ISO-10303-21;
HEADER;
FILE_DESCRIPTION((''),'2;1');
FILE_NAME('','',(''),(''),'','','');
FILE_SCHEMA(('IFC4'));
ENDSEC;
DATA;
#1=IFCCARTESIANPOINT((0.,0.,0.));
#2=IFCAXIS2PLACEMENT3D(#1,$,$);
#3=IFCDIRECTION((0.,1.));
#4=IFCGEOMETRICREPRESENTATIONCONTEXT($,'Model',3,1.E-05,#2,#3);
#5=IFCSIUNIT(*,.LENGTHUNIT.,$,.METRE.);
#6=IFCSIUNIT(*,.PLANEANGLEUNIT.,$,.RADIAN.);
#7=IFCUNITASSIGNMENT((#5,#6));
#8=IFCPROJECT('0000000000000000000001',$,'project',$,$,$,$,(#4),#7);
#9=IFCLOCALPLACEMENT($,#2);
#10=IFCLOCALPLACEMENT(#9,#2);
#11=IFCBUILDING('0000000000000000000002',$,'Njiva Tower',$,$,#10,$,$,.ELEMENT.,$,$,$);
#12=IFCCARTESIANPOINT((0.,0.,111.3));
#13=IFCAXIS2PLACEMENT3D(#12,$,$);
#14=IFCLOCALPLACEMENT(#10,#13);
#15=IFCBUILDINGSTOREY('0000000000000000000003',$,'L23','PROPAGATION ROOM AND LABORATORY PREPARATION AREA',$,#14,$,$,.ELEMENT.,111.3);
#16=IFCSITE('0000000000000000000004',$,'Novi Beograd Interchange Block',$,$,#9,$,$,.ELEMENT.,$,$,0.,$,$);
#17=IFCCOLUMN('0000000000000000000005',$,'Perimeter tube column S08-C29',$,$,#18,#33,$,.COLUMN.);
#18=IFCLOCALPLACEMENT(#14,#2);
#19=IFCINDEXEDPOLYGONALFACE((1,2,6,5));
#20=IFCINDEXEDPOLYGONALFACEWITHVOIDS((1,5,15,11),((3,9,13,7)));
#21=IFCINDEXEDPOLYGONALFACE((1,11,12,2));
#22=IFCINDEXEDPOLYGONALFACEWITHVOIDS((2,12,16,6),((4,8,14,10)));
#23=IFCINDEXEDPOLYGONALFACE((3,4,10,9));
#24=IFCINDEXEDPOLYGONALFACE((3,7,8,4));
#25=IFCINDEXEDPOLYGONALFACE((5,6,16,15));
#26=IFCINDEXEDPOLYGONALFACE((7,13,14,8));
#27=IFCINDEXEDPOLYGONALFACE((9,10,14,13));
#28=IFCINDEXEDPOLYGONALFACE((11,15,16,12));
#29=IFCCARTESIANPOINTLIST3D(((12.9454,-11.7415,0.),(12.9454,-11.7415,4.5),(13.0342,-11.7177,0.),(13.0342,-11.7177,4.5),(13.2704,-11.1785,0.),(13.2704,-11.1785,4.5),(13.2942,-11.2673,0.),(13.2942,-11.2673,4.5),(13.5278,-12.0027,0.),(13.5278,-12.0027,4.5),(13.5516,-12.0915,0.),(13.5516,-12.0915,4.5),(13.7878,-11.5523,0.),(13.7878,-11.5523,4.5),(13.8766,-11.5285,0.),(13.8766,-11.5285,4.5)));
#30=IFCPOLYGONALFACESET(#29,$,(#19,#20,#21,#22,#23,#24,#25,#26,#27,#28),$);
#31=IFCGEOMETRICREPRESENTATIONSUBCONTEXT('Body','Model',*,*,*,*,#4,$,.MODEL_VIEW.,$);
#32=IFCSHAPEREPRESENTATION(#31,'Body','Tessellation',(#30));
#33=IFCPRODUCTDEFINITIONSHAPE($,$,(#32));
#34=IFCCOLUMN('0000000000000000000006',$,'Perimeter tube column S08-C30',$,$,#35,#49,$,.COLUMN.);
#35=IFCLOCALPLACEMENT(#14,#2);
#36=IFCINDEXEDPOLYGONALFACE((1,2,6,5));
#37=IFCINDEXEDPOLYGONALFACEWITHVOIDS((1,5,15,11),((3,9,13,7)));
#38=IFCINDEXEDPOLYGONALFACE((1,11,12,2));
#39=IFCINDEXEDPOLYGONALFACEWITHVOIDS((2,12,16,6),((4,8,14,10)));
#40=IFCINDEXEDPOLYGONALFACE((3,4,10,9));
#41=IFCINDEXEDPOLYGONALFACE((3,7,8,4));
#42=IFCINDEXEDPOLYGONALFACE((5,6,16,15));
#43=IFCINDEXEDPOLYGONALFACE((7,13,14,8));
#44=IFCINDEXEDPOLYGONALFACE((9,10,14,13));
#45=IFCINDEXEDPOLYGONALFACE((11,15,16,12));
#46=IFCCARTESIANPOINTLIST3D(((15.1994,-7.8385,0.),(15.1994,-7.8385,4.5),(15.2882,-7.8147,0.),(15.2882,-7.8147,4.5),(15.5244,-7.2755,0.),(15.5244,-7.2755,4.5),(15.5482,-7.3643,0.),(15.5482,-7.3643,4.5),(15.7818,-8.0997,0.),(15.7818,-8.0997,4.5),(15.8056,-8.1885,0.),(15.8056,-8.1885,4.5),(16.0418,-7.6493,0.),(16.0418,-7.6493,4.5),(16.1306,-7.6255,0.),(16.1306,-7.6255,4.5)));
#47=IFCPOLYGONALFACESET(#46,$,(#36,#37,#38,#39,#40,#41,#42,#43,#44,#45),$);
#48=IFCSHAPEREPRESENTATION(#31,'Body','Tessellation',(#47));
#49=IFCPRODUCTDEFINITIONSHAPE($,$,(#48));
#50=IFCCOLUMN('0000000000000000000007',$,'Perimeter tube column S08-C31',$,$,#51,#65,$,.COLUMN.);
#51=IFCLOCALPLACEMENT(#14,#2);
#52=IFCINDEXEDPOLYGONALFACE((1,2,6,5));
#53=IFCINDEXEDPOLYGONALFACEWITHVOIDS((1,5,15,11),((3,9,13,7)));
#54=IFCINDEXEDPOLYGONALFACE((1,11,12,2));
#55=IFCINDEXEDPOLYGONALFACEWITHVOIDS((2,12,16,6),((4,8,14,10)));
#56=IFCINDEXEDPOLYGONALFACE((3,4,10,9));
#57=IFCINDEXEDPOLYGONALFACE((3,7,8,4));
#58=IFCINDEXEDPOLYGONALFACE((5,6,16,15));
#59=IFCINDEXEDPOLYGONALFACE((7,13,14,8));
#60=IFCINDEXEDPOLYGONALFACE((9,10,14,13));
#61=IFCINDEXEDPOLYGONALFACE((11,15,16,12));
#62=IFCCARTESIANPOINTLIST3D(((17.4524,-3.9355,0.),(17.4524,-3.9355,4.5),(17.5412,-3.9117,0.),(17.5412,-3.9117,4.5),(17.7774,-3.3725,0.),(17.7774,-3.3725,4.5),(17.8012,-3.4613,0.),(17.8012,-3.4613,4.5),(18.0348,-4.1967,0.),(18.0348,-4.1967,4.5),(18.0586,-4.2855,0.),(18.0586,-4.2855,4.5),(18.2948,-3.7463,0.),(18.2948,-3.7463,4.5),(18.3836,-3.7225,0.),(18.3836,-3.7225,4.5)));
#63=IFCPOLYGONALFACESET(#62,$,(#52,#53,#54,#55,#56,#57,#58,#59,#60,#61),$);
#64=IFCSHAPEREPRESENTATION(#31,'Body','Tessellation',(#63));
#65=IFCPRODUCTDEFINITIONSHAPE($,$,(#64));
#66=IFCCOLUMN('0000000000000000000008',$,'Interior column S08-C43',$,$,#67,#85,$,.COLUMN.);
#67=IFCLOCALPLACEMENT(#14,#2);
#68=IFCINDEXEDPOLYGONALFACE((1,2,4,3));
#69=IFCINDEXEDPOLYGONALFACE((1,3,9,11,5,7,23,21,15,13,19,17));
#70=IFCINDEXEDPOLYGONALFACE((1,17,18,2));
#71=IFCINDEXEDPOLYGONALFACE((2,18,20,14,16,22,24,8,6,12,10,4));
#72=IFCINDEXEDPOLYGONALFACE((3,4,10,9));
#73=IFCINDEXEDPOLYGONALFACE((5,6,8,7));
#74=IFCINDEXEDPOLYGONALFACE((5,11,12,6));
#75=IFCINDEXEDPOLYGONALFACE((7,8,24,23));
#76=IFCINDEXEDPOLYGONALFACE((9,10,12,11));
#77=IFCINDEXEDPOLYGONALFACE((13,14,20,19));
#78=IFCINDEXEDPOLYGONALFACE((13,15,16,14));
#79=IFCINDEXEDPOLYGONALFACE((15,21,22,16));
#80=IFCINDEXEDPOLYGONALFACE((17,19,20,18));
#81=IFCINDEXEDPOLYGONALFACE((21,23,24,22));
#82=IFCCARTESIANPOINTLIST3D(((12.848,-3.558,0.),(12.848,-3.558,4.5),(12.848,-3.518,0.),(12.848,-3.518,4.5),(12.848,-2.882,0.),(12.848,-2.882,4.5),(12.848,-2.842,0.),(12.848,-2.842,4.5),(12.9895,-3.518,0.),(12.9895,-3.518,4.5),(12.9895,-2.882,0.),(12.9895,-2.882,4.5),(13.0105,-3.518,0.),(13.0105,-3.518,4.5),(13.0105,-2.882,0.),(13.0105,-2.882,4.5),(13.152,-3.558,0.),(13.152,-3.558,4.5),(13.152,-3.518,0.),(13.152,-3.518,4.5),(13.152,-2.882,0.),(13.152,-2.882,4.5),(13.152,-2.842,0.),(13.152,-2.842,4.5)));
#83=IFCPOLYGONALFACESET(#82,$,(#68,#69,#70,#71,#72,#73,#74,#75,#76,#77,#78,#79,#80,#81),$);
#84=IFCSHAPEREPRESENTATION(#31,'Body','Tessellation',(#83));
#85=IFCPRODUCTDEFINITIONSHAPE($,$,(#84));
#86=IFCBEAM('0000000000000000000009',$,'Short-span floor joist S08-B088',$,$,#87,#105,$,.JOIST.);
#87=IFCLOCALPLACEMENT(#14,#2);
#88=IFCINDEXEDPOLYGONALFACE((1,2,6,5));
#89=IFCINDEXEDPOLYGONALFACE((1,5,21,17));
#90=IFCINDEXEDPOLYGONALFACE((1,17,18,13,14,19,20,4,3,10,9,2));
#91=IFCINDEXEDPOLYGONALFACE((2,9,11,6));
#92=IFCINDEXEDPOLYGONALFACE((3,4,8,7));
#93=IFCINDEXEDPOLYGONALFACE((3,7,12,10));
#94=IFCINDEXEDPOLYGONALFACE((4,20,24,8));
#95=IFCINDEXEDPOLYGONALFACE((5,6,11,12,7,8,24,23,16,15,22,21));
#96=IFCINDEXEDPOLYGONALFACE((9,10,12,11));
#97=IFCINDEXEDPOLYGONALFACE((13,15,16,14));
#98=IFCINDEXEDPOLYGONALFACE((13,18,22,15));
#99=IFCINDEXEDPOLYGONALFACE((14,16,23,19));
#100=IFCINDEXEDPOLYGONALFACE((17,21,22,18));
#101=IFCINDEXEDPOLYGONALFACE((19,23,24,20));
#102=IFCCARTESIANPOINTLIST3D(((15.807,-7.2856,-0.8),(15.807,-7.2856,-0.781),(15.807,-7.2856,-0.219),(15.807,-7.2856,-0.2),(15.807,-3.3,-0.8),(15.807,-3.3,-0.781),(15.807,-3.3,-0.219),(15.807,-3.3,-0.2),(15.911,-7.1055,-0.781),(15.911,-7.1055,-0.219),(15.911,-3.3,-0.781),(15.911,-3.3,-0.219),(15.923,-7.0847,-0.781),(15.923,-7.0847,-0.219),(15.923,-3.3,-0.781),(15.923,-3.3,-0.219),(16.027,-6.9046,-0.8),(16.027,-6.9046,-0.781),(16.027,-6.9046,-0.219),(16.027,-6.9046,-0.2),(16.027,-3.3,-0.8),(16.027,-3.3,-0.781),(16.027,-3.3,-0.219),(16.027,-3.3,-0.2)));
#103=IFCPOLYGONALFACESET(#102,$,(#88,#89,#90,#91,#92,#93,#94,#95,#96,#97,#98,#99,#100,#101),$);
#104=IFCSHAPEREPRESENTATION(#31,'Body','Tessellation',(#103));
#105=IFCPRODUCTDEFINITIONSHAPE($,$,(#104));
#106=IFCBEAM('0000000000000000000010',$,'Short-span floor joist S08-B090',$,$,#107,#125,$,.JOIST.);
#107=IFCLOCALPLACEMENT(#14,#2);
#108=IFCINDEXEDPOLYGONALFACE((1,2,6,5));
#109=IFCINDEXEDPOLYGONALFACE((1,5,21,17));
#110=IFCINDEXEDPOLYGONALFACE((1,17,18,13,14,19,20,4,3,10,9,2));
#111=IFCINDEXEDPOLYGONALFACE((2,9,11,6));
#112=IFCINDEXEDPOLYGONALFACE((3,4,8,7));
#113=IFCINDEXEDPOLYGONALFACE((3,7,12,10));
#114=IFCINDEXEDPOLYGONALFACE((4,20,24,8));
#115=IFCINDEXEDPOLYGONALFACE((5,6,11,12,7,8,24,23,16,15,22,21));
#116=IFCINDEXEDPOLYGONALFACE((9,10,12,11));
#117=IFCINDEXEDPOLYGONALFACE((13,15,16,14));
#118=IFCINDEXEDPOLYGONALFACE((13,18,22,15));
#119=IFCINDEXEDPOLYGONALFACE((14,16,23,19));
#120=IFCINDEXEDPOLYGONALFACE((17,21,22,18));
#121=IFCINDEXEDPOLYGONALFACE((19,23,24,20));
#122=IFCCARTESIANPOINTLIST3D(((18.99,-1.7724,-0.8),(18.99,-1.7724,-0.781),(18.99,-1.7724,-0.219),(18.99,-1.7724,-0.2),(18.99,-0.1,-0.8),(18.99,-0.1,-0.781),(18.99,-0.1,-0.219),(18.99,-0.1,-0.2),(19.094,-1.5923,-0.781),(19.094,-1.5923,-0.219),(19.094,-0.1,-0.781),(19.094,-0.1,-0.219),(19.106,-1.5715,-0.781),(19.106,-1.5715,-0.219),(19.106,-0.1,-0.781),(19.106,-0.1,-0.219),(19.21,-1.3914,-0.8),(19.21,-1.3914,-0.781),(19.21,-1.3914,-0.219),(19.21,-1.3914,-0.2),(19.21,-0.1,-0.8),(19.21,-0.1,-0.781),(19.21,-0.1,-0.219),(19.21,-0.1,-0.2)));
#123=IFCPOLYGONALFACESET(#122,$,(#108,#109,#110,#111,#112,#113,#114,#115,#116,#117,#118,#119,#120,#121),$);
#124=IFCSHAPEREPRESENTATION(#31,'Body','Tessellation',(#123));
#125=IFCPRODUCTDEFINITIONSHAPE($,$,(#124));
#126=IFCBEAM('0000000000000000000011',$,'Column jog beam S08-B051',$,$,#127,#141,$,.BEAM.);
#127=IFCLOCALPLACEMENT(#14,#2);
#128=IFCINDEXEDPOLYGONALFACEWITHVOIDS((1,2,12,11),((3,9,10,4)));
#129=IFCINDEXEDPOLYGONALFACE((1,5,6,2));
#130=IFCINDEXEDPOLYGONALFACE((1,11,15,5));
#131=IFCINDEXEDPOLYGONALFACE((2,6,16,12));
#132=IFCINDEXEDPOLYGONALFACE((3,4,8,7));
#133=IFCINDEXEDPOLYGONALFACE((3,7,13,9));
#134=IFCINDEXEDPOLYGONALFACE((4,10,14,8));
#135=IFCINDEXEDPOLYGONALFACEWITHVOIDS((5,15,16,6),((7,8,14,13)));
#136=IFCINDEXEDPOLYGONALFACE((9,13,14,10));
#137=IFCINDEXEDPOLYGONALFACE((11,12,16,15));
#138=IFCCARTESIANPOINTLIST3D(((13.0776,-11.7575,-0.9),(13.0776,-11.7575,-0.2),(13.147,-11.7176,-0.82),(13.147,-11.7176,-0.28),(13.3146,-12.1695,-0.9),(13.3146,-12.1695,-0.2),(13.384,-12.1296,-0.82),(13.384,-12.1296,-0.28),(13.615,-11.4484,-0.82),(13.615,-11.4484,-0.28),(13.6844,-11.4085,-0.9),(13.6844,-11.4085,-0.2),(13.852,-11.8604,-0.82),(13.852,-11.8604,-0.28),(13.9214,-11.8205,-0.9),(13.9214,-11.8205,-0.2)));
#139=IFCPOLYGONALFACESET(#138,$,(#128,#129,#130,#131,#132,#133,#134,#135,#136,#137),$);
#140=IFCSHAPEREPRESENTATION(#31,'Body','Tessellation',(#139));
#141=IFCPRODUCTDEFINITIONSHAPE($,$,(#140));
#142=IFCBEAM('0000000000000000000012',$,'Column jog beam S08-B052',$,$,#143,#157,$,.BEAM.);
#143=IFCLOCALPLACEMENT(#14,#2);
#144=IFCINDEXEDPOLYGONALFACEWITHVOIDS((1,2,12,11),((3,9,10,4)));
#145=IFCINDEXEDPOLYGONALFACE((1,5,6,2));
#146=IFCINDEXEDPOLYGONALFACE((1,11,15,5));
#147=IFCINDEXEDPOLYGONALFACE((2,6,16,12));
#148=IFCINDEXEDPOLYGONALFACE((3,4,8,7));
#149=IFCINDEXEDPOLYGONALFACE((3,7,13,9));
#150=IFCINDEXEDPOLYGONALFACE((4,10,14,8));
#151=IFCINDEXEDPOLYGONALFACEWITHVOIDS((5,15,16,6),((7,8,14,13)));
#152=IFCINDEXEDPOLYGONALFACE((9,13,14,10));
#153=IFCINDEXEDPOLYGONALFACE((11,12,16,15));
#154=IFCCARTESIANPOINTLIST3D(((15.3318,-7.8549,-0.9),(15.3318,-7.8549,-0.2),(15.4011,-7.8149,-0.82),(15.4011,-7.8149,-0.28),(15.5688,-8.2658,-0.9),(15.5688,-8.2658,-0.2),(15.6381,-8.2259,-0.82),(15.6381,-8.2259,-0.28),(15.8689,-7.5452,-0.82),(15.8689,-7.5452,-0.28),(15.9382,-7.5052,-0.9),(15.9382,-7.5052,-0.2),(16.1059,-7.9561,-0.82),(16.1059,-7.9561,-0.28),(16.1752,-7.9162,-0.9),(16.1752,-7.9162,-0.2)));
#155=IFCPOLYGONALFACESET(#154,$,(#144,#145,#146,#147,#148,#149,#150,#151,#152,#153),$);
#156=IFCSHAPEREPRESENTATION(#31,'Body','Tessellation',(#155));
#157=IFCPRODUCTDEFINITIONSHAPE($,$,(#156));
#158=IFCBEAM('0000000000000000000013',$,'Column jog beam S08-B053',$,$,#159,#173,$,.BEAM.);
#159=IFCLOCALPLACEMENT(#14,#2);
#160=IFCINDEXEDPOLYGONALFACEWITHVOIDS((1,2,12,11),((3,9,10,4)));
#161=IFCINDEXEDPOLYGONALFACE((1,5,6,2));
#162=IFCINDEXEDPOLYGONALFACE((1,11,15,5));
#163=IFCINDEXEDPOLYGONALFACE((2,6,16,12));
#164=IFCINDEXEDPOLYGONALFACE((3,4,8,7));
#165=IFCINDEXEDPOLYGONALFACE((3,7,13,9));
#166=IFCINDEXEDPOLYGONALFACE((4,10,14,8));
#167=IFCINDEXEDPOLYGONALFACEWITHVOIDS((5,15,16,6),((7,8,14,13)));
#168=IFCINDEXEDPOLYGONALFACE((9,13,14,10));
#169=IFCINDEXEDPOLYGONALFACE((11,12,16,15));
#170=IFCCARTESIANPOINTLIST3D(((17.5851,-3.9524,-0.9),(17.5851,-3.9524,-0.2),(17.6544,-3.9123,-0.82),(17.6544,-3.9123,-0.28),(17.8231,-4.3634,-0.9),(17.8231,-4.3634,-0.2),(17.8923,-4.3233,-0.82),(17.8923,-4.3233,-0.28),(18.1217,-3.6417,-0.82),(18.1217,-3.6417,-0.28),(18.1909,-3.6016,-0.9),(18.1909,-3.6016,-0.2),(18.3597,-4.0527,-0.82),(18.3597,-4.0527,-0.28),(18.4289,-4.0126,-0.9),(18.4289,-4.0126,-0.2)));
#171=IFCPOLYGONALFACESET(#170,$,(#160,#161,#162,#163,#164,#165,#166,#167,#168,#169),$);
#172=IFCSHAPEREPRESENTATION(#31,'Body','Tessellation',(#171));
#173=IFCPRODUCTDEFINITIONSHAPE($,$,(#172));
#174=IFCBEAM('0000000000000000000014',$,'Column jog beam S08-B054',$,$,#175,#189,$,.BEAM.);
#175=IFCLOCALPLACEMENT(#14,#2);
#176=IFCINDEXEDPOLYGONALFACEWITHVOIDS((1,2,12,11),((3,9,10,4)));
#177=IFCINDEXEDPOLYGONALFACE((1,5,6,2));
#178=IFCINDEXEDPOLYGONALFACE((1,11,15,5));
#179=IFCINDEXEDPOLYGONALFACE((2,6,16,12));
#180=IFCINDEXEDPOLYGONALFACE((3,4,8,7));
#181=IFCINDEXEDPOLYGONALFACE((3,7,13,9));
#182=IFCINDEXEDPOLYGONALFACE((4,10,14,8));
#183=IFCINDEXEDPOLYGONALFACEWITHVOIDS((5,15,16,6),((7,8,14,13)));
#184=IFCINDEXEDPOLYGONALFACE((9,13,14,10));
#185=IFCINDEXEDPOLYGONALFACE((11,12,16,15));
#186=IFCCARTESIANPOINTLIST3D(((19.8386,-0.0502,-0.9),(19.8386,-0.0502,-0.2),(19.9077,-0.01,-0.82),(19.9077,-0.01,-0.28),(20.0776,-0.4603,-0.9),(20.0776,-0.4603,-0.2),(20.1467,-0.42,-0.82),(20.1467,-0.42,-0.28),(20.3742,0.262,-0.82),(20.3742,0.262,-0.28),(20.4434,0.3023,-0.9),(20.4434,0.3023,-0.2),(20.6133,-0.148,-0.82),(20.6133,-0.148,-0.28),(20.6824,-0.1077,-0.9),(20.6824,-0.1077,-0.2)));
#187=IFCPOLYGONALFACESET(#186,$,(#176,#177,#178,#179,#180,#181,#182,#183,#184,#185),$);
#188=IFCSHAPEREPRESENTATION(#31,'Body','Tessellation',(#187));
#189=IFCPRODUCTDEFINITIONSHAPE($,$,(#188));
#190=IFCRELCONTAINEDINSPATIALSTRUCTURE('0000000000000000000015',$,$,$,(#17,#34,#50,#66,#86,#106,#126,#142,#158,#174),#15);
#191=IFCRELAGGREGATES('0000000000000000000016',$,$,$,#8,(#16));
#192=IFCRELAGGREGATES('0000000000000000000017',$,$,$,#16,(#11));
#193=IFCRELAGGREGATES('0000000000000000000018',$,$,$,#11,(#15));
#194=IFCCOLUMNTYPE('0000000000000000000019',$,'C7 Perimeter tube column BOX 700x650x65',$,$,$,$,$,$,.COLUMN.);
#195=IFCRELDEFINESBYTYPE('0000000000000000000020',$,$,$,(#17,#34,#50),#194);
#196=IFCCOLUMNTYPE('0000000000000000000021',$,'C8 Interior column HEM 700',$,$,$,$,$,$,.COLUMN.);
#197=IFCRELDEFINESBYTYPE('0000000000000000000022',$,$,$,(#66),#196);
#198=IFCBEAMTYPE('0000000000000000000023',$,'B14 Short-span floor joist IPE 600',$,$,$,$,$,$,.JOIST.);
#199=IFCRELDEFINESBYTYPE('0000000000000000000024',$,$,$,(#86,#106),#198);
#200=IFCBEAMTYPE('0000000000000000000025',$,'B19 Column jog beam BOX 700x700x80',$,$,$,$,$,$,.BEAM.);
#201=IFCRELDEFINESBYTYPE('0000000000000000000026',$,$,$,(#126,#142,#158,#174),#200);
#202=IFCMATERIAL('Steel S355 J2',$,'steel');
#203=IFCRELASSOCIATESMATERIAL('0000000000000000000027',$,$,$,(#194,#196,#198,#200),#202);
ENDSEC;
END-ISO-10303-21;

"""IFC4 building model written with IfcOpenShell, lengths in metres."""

from ifc_helpers import new_model, si_unit, direction, frame, origin, origin_2d, place, context, subcontext, project, spatial, hollow_rectangle, i_section, extrude, clip, halfspace, material, material_profile, profile_set, type_object, element, save


model = new_model("IFC4")

# Units and contexts
model_context = context("Model", 3, precision=1e-05, world=origin(), true_north=direction((0.0, 1.0)))
body_context = subcontext(model_context, "Body", "Model", "MODEL_VIEW")
ifc_project = project(units=[si_unit("LENGTHUNIT", "METRE"), si_unit("PLANEANGLEUNIT", "RADIAN")], contexts=[model_context])

# Site, building, storey
site_placement = place(None, origin())
site = spatial("IfcSite", under=ifc_project, at=site_placement, Name="Novi Beograd Interchange Block", CompositionType="ELEMENT", RefElevation=0.0)
building_placement = place(site_placement, origin())
building = spatial("IfcBuilding", under=site, at=building_placement, Name="Njiva Tower", CompositionType="ELEMENT")
storey_placement = place(building_placement, frame((0.0, 0.0, 111.3)))
storey = spatial("IfcBuildingStorey", under=building, at=storey_placement, Name="L23", Description="PROPAGATION ROOM AND LABORATORY PREPARATION AREA", CompositionType="ELEMENT", Elevation=111.3)

# Columns
ifc_material_1 = material(Name="Steel S355 J2", Category="steel")
ifc_material_profile_1 = material_profile(ifc_material_1, hollow_rectangle(XDim=0.65, YDim=0.7, WallThickness=0.065, at=origin_2d()), Name="BOX 700x650x65")
ifc_profile_set_1 = profile_set([ifc_material_profile_1], Name="Steel S355 J2")
column_type_1 = type_object("IfcColumnType", Name="C7 Perimeter tube column BOX 700x650x65", PredefinedType="COLUMN", material=ifc_profile_set_1)
for number, where, z_axis, x_axis, name in (
    (1, (13.411, -11.635, 0.0), (0.0, 0.0, 1.0), (0.5, 0.866025, 0.0), "Perimeter tube column S08-C29"),
    (2, (15.665, -7.732, 0.0), (0.0, 0.0, 1.0), (0.5, 0.866025, 0.0), "Perimeter tube column S08-C30"),
    (3, (17.918, -3.829, 0.0), (0.0, 0.0, 1.0), (0.5, 0.866025, 0.0), "Perimeter tube column S08-C31"),
):
    element("IfcColumn", number, at=place(storey_placement, frame(where, z_axis=z_axis, x_axis=x_axis)), inside=storey, type_object=column_type_1, Name=name, PredefinedType="COLUMN", context=body_context, shape_type="SweptSolid", body=[
        extrude(hollow_rectangle(XDim=0.65, YDim=0.7, WallThickness=0.065, at=origin_2d()), origin(), (0.0, 0.0, 1.0), 4.5),
    ])
ifc_material_profile_2 = material_profile(ifc_material_1, i_section(OverallWidth=0.304, OverallDepth=0.716, WebThickness=0.021, FlangeThickness=0.04, at=origin_2d()), Name="HEM 700")
ifc_profile_set_2 = profile_set([ifc_material_profile_2], Name="Steel S355 J2")
column_type_2 = type_object("IfcColumnType", Name="C8 Interior column HEM 700", PredefinedType="COLUMN", material=ifc_profile_set_2)
column_placement = place(storey_placement, frame((13.0, -3.2, 0.0), z_axis=(0.0, 0.0, 1.0), x_axis=(1.0, 0.0, 0.0)))
element("IfcColumn", 4, at=column_placement, inside=storey, type_object=column_type_2, Name="Interior column S08-C43", PredefinedType="COLUMN", context=body_context, shape_type="SweptSolid", body=[
    extrude(i_section(OverallWidth=0.304, OverallDepth=0.716, WebThickness=0.021, FlangeThickness=0.04, at=origin_2d()), origin(), (0.0, 0.0, 1.0), 4.5),
])

# Beams
ifc_material_profile_3 = material_profile(ifc_material_1, i_section(OverallWidth=0.22, OverallDepth=0.6, WebThickness=0.012, FlangeThickness=0.019, at=origin_2d()), Name="IPE 600")
ifc_profile_set_3 = profile_set([ifc_material_profile_3], Name="Steel S355 J2")
beam_type_1 = type_object("IfcBeamType", Name="B14 Short-span floor joist IPE 600", PredefinedType="JOIST", material=ifc_profile_set_3)
beam_1_placement = place(storey_placement, frame((15.917, -3.3, -0.5), z_axis=(0.0, -1.0, 0.0), x_axis=(1.0, 0.0, 0.0)))
element("IfcBeam", 5, at=beam_1_placement, inside=storey, type_object=beam_type_1, Name="Short-span floor joist S08-B088", PredefinedType="JOIST", context=body_context, shape_type="Clipping", body=[
    clip(extrude(i_section(OverallWidth=0.22, OverallDepth=0.6, WebThickness=0.012, FlangeThickness=0.019, at=origin_2d()), origin(), (0.0, 0.0, 1.0), 4.007), halfspace(frame((0.043, 0.0, 3.7206), z_axis=(0.866027, 0.0, 0.499998), x_axis=(0.0, 1.0, 0.0)), False)),
])
beam_2_placement = place(storey_placement, frame((19.1, -0.1, -0.5), z_axis=(0.0, -1.0, 0.0), x_axis=(1.0, 0.0, 0.0)))
element("IfcBeam", 6, at=beam_2_placement, inside=storey, type_object=beam_type_1, Name="Short-span floor joist S08-B090", PredefinedType="JOIST", context=body_context, shape_type="Clipping", body=[
    clip(extrude(i_section(OverallWidth=0.22, OverallDepth=0.6, WebThickness=0.012, FlangeThickness=0.019, at=origin_2d()), origin(), (0.0, 0.0, 1.0), 1.693), halfspace(frame((0.0433, 0.0, 1.4069), z_axis=(0.866027, 0.0, 0.499998), x_axis=(0.0, 1.0, 0.0)), False)),
])
ifc_material_profile_4 = material_profile(ifc_material_1, hollow_rectangle(XDim=0.7, YDim=0.7, WallThickness=0.08, at=origin_2d()), Name="BOX 700x700x80")
ifc_profile_set_4 = profile_set([ifc_material_profile_4], Name="Steel S355 J2")
beam_type_2 = type_object("IfcBeamType", Name="B19 Column jog beam BOX 700x700x80", PredefinedType="BEAM", material=ifc_profile_set_4)
beam_3_placement = place(storey_placement, frame((13.618, -11.995, -0.55), z_axis=(-0.498629, 0.866815, 0.0), x_axis=(-0.866815, -0.498629, 0.0)))
element("IfcBeam", 7, at=beam_3_placement, inside=storey, type_object=beam_type_2, Name="Column jog beam S08-B051", PredefinedType="BEAM", context=body_context, shape_type="SweptSolid", body=[
    extrude(hollow_rectangle(XDim=0.7, YDim=0.7, WallThickness=0.08, at=origin_2d()), origin(), (0.0, 0.0, 1.0), 0.4753),
])
beam_4_placement = place(storey_placement, frame((15.872, -8.091, -0.55), z_axis=(-0.49954, 0.866291, 0.0), x_axis=(-0.866291, -0.49954, 0.0)))
element("IfcBeam", 8, at=beam_4_placement, inside=storey, type_object=beam_type_2, Name="Column jog beam S08-B052", PredefinedType="BEAM", context=body_context, shape_type="SweptSolid", body=[
    extrude(hollow_rectangle(XDim=0.7, YDim=0.7, WallThickness=0.08, at=origin_2d()), origin(), (0.0, 0.0, 1.0), 0.4744),
])
beam_5_placement = place(storey_placement, frame((18.126, -4.188, -0.55), z_axis=(-0.501119, 0.865378, 0.0), x_axis=(-0.865378, -0.501119, 0.0)))
element("IfcBeam", 9, at=beam_5_placement, inside=storey, type_object=beam_type_2, Name="Column jog beam S08-B053", PredefinedType="BEAM", context=body_context, shape_type="SweptSolid", body=[
    extrude(hollow_rectangle(XDim=0.7, YDim=0.7, WallThickness=0.08, at=origin_2d()), origin(), (0.0, 0.0, 1.0), 0.4749),
])
beam_6_placement = place(storey_placement, frame((20.38, -0.284, -0.55), z_axis=(-0.503609, 0.863932, 0.0), x_axis=(-0.863932, -0.503609, 0.0)))
element("IfcBeam", 10, at=beam_6_placement, inside=storey, type_object=beam_type_2, Name="Column jog beam S08-B054", PredefinedType="BEAM", context=body_context, shape_type="SweptSolid", body=[
    extrude(hollow_rectangle(XDim=0.7, YDim=0.7, WallThickness=0.08, at=origin_2d()), origin(), (0.0, 0.0, 1.0), 0.4746),
])

save(model, "model.ifc")
